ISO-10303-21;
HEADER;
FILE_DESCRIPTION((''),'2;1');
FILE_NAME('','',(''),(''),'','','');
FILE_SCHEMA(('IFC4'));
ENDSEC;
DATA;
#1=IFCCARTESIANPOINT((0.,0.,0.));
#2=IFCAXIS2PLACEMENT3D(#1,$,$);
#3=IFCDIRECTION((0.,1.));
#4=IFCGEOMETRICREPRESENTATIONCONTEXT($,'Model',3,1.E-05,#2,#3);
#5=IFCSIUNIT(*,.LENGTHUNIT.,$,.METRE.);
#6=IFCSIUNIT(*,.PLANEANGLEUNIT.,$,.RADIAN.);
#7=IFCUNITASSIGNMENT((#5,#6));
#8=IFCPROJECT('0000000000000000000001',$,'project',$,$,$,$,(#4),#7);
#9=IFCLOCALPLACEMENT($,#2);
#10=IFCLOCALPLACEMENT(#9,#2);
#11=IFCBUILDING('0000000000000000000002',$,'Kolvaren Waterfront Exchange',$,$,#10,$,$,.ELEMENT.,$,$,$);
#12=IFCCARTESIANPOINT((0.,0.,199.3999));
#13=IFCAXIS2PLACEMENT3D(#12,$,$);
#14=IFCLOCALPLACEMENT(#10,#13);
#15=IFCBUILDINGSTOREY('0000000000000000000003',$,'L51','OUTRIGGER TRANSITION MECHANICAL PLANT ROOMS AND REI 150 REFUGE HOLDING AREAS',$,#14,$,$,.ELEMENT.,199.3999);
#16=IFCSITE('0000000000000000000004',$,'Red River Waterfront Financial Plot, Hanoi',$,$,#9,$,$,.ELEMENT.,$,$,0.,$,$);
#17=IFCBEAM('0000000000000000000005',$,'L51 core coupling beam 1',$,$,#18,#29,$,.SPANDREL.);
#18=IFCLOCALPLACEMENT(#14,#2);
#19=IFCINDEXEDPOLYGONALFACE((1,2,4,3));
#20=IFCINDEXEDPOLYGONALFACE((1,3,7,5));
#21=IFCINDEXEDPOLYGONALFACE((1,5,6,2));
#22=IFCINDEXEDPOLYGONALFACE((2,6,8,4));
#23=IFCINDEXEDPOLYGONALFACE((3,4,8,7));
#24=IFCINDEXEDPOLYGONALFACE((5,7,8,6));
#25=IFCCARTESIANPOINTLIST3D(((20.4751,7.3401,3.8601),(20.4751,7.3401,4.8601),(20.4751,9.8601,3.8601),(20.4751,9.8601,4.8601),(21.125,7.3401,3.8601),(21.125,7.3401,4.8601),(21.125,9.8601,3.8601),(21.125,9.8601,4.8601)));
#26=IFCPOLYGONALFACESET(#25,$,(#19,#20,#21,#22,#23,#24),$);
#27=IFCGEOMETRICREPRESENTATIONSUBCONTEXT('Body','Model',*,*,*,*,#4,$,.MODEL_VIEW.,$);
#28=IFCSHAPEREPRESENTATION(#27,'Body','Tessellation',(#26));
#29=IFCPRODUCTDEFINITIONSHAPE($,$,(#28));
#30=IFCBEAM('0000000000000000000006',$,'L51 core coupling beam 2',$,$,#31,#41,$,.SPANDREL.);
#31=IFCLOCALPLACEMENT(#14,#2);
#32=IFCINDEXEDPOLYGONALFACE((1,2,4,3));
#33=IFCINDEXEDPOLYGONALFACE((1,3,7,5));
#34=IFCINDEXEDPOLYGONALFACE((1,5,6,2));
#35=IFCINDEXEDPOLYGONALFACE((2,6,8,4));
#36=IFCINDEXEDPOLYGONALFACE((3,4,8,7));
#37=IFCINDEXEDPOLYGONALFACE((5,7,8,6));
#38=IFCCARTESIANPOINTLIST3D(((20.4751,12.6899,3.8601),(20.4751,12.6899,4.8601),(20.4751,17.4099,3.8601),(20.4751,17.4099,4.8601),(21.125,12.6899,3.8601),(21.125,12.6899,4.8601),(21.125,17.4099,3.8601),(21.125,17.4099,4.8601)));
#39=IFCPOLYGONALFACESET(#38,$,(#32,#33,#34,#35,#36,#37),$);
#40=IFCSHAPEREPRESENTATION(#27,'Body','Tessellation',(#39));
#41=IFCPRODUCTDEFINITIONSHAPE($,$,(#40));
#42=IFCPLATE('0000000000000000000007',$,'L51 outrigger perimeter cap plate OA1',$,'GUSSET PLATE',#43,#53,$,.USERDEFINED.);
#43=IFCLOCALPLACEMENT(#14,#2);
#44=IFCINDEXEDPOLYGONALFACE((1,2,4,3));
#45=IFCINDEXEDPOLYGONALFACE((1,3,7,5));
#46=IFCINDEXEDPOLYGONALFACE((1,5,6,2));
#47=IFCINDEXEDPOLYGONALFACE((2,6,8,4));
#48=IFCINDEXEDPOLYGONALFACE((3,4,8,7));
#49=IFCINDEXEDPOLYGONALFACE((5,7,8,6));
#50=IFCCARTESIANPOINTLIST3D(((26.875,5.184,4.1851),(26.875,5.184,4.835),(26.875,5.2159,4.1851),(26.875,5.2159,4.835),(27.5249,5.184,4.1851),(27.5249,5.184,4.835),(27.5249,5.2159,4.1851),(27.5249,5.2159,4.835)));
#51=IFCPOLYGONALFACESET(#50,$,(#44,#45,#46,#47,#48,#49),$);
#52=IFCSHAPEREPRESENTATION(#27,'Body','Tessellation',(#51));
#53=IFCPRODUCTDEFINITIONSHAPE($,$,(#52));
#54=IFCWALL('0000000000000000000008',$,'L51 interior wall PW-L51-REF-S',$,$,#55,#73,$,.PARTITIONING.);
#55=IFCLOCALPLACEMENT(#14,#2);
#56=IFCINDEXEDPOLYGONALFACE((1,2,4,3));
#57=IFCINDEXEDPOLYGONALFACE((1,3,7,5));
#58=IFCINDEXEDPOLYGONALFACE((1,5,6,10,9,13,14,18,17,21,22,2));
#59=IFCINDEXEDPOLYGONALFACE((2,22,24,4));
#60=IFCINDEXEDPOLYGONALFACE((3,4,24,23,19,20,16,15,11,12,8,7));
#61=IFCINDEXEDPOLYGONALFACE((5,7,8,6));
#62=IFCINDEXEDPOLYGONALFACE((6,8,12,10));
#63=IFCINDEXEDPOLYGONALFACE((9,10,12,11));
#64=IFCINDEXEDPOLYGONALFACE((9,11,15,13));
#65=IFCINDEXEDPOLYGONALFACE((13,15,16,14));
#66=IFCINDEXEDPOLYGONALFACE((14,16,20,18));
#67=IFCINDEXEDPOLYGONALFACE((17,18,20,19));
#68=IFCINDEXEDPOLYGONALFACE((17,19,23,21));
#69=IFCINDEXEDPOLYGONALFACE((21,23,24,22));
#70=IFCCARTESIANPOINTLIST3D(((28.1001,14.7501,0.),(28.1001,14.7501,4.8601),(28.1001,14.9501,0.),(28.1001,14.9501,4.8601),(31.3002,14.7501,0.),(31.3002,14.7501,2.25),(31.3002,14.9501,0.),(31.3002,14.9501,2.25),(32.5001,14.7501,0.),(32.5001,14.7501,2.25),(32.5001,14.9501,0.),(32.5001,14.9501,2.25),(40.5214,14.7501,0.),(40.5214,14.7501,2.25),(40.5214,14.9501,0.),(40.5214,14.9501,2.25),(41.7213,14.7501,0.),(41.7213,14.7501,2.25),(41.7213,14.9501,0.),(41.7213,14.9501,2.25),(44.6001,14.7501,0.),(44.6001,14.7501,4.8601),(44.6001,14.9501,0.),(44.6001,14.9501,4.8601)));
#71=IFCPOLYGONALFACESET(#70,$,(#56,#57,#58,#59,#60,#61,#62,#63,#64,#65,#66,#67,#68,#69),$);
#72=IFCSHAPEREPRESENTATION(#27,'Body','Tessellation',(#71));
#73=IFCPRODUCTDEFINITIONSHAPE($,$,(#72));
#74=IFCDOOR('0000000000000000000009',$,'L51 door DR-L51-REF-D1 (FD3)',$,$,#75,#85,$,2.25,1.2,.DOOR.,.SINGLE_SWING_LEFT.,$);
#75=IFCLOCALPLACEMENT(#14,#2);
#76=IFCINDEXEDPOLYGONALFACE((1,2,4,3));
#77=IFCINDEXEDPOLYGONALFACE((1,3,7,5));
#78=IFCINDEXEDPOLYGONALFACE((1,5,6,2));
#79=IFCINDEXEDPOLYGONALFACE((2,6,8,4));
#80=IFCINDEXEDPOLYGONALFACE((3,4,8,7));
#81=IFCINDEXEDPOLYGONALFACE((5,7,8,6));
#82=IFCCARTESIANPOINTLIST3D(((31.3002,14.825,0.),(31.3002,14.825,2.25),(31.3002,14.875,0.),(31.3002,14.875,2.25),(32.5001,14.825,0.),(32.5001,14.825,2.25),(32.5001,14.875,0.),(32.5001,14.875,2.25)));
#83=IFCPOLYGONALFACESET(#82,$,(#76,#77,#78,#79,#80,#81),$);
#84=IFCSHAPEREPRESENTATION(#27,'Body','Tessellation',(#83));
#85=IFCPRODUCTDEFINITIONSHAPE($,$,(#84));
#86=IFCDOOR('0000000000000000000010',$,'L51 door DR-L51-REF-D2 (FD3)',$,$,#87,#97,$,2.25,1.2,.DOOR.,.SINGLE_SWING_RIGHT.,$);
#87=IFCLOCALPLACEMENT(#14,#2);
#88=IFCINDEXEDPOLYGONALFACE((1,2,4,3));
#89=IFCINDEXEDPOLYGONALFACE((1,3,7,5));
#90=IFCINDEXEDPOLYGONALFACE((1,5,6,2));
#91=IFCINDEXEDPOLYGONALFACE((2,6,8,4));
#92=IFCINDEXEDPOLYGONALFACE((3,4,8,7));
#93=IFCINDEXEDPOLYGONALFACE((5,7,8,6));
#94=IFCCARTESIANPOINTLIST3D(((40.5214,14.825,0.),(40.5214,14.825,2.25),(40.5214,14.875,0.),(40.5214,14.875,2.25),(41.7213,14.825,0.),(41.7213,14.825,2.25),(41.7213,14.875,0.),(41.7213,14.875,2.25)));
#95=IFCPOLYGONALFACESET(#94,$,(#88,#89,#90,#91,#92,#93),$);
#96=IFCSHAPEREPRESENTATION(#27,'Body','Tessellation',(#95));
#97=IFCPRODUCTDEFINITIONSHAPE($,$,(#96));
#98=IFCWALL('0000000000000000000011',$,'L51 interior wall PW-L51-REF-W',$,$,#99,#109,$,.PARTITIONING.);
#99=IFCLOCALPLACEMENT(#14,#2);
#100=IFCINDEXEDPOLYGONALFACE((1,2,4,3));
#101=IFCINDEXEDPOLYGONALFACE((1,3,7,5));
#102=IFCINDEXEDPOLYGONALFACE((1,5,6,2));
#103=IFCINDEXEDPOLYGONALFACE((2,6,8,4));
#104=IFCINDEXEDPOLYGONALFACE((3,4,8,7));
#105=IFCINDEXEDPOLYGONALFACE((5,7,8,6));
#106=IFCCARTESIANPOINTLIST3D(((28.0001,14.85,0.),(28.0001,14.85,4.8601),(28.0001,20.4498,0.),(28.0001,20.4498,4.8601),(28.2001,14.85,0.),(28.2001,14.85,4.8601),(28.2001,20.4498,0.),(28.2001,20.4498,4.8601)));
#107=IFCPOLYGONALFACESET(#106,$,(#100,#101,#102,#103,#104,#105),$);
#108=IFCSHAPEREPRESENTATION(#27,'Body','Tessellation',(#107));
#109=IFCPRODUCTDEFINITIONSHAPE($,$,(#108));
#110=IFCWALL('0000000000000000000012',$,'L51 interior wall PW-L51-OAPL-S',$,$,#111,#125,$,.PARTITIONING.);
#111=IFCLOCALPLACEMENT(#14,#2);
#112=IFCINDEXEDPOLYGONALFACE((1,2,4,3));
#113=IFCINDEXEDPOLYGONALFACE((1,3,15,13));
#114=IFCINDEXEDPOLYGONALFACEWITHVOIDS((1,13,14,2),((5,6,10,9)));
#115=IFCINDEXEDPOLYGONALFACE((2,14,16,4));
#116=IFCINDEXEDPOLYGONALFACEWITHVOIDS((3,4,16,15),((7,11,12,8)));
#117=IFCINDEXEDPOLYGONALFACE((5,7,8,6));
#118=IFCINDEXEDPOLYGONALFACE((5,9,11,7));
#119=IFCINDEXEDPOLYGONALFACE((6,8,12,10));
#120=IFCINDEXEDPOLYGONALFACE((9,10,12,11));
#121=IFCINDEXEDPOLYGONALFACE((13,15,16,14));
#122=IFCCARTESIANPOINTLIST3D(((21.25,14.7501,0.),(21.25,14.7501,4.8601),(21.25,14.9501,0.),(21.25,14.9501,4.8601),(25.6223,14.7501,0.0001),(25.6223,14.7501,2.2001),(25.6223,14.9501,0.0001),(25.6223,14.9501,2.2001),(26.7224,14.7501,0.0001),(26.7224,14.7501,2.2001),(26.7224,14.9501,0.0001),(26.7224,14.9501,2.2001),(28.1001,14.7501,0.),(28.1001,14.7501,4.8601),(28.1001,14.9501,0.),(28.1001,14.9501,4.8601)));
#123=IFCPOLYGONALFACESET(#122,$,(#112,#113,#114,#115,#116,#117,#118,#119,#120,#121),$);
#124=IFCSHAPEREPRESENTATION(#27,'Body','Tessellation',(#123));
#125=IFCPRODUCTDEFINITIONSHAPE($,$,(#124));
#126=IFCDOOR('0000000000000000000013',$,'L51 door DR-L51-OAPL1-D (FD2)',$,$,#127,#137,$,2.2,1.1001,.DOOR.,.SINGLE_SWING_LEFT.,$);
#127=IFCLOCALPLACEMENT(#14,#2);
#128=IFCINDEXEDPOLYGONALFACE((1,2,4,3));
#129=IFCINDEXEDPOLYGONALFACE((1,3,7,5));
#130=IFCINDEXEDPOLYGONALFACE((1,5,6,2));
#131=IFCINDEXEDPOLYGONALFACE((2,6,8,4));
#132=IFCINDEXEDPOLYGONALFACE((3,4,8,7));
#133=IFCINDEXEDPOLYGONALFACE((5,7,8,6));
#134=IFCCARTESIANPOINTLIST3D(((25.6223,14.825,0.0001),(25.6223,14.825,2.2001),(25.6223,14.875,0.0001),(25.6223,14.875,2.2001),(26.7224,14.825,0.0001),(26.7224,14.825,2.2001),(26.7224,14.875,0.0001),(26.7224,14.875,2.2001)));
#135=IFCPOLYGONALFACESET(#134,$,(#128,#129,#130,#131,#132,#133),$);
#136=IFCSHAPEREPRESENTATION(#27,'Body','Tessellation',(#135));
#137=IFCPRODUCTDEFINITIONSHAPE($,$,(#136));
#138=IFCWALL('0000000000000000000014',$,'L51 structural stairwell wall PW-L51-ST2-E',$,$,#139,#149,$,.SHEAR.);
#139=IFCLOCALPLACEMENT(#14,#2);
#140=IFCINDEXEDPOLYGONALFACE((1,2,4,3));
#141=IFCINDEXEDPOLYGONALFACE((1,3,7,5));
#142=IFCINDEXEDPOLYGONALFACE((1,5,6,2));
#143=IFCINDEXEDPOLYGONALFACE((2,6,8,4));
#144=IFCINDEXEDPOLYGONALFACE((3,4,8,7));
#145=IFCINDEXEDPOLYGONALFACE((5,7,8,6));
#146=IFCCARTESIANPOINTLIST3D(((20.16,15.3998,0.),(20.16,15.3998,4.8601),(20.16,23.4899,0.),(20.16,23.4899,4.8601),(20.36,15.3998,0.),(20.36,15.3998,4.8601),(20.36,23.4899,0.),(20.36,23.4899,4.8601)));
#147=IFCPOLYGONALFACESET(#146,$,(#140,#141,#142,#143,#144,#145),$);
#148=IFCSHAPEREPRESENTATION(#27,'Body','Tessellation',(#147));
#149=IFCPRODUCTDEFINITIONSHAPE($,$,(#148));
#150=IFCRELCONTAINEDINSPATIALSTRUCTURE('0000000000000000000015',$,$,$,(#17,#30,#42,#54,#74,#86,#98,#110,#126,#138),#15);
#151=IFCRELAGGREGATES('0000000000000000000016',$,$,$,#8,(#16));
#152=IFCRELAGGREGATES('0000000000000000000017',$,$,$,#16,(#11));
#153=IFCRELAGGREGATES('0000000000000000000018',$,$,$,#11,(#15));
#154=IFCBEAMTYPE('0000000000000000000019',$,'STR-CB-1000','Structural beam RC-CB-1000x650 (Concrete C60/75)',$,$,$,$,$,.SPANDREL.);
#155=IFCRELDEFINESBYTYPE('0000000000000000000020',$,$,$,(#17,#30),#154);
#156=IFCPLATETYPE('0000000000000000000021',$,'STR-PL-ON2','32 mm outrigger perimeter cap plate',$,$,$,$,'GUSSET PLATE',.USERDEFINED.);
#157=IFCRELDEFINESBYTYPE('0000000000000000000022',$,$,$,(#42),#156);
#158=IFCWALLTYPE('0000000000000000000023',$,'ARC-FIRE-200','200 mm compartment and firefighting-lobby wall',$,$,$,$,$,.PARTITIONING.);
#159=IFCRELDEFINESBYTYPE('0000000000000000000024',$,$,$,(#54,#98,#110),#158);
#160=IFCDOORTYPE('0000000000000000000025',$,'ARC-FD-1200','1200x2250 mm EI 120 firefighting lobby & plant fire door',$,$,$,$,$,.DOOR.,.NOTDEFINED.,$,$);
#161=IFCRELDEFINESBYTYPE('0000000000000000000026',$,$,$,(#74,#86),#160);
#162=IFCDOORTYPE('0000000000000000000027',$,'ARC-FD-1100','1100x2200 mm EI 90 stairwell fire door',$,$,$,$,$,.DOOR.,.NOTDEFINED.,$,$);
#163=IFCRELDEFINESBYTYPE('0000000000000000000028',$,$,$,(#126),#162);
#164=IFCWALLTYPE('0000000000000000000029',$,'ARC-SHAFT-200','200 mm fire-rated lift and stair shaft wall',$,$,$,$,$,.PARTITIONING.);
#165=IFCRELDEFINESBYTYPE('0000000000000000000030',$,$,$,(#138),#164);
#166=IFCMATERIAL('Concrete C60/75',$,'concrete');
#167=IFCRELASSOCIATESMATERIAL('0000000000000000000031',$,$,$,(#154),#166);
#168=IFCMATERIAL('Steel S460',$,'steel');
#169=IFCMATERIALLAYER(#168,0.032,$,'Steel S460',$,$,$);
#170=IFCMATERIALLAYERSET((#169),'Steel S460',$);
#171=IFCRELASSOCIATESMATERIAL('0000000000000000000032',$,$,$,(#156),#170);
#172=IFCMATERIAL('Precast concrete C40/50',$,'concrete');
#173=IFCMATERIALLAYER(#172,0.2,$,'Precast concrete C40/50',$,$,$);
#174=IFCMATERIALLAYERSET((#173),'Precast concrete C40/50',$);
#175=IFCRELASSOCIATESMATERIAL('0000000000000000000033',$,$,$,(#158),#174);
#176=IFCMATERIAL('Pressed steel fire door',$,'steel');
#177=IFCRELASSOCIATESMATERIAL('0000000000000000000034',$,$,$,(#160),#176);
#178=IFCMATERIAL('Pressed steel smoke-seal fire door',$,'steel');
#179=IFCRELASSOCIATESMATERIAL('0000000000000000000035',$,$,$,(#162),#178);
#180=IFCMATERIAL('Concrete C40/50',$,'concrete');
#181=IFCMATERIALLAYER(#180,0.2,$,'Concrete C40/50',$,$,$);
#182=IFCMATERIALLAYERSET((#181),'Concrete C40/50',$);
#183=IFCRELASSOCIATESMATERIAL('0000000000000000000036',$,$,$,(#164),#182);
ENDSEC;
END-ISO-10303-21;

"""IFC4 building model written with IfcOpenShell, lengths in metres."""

from ifc_helpers import new_model, si_unit, direction, frame, frame_2d, origin, origin_with_axes, origin_2d, place, context, subcontext, project, spatial, rectangle, extrude, source, transform, mapped, material, layer, layer_set, material_profile, profile_set, type_object, element, fill, save


model = new_model("IFC4")

# Units and contexts
model_context = context("Model", 3, precision=1e-05, world=origin(), true_north=direction((0.0, 1.0)))
body_context = subcontext(model_context, "Body", "Model", "MODEL_VIEW")
ifc_project = project(units=[si_unit("LENGTHUNIT", "METRE"), si_unit("PLANEANGLEUNIT", "RADIAN")], contexts=[model_context])

# Site, building, storey
site_placement = place(None, origin())
site = spatial("IfcSite", under=ifc_project, at=site_placement, Name="Red River Waterfront Financial Plot, Hanoi", CompositionType="ELEMENT", RefElevation=0.0)
building_placement = place(site_placement, origin())
building = spatial("IfcBuilding", under=site, at=building_placement, Name="Kolvaren Waterfront Exchange", CompositionType="ELEMENT")
storey_placement = place(building_placement, frame((0.0, 0.0, 199.3999)))
storey = spatial("IfcBuildingStorey", under=building, at=storey_placement, Name="L51", Description="OUTRIGGER TRANSITION MECHANICAL PLANT ROOMS AND REI 150 REFUGE HOLDING AREAS", CompositionType="ELEMENT", Elevation=199.3999)

# Shared definitions
ifc_material_1 = material(Name="Steel S460", Category="steel")

# Beams
ifc_material_2 = material(Name="Concrete C60/75", Category="concrete")
ifc_material_profile_1 = material_profile(ifc_material_2, rectangle(XDim=0.6499, YDim=1.0, at=origin_2d()), Name="RC-CB-1000x650")
ifc_profile_set_1 = profile_set([ifc_material_profile_1], Name="Concrete C60/75")
beam_type_1 = type_object("IfcBeamType", Name="STR-CB-1000", Description="Structural beam RC-CB-1000x650 (Concrete C60/75)", PredefinedType="SPANDREL", material=ifc_profile_set_1)
beam_1_placement = place(storey_placement, frame((20.8, 7.3401, 4.3601), z_axis=(0.0, 1.0, 0.0), x_axis=(-1.0, 0.0, 0.0)))
element("IfcBeam", 1, at=beam_1_placement, inside=storey, type_object=beam_type_1, Name="L51 core coupling beam 1", PredefinedType="SPANDREL", context=body_context, shape_type="SweptSolid", body=[
    extrude(rectangle(XDim=0.6499, YDim=1.0, at=origin_2d()), origin(), (0.0, 0.0, 1.0), 2.52),
])
beam_2_placement = place(storey_placement, frame((20.8, 12.6899, 4.3601), z_axis=(0.0, 1.0, 0.0), x_axis=(-1.0, 0.0, 0.0)))
element("IfcBeam", 2, at=beam_2_placement, inside=storey, type_object=beam_type_1, Name="L51 core coupling beam 2", PredefinedType="SPANDREL", context=body_context, shape_type="SweptSolid", body=[
    extrude(rectangle(XDim=0.6499, YDim=1.0, at=origin_2d()), origin(), (0.0, 0.0, 1.0), 4.72),
])

# Plate
ifc_layer_1 = layer(ifc_material_1, 0.032, Name="Steel S460")
ifc_layer_set_1 = layer_set([ifc_layer_1], Name="Steel S460")
plate_type = type_object("IfcPlateType", Name="STR-PL-ON2", Description="32 mm outrigger perimeter cap plate", ElementType="GUSSET PLATE", PredefinedType="USERDEFINED", material=ifc_layer_set_1)
shared_shape_1 = source(origin_with_axes(), body_context, "Body", "SweptSolid", [
    extrude(rectangle(XDim=0.6499, YDim=0.032, at=origin_2d()), origin(), (0.0, 0.0, 1.0), 0.6499),
])
plate_placement = place(storey_placement, frame((27.2, 5.2, 4.1851), z_axis=(0.0, 0.0, 1.0), x_axis=(1.0, 0.0, 0.0)))
element("IfcPlate", 3, at=plate_placement, inside=storey, type_object=plate_type, Name="L51 outrigger perimeter cap plate OA1", ObjectType="GUSSET PLATE", PredefinedType="USERDEFINED", context=body_context, shape_type="MappedRepresentation", body=[
    mapped(shared_shape_1, transform((0.0, 0.0, 0.0), x_axis=(1.0, 0.0, 0.0), y_axis=(0.0, 1.0, 0.0), z_axis=(0.0, 0.0, 1.0), scale=1.0)),
])

# Wall, openings, doors
ifc_material_3 = material(Name="Precast concrete C40/50", Category="concrete")
ifc_layer_2 = layer(ifc_material_3, 0.2, Name="Precast concrete C40/50")
ifc_layer_set_2 = layer_set([ifc_layer_2], Name="Precast concrete C40/50")
wall_type_1 = type_object("IfcWallType", Name="ARC-FIRE-200", Description="200 mm compartment and firefighting-lobby wall", PredefinedType="PARTITIONING", material=ifc_layer_set_2)
wall_1_placement = place(storey_placement, frame((28.1001, 14.8501, 0.0), z_axis=(0.0, 0.0, 1.0), x_axis=(1.0, 0.0, 0.0)))
wall_1 = element("IfcWall", 4, at=wall_1_placement, inside=storey, type_object=wall_type_1, Name="L51 interior wall PW-L51-REF-S", PredefinedType="PARTITIONING", context=body_context, shape_type="SweptSolid", body=[
    extrude(rectangle(XDim=16.5, YDim=0.2, at=frame_2d((8.25, 0.0))), origin(), (0.0, 0.0, 1.0), 4.8601),
])
opening_1_placement = place(wall_1_placement, frame((3.2, 0.0, 0.0)))
opening_1 = element("IfcOpeningElement", 5, at=opening_1_placement, cuts=wall_1, PredefinedType="OPENING", context=body_context, shape_type="SweptSolid", body=[
    extrude(rectangle(XDim=1.2, YDim=2.25, at=frame_2d((0.6001, 1.125))), frame((0.0, 0.1099, 0.0), z_axis=(0.0, -1.0, 0.0), x_axis=(1.0, 0.0, 0.0)), (0.0, 0.0, 1.0), 0.22),
])
opening_2_placement = place(wall_1_placement, frame((12.4211, 0.0, 0.0)))
opening_2 = element("IfcOpeningElement", 6, at=opening_2_placement, cuts=wall_1, PredefinedType="OPENING", context=body_context, shape_type="SweptSolid", body=[
    extrude(rectangle(XDim=1.2, YDim=2.25, at=frame_2d((0.6001, 1.125))), frame((0.0, 0.1099, 0.0), z_axis=(0.0, -1.0, 0.0), x_axis=(1.0, 0.0, 0.0)), (0.0, 0.0, 1.0), 0.22),
])
ifc_material_4 = material(Name="Pressed steel fire door", Category="steel")
door_type_1 = type_object("IfcDoorType", Name="ARC-FD-1200", Description="1200x2250 mm EI 120 firefighting lobby & plant fire door", OperationType="NOTDEFINED", PredefinedType="DOOR", material=ifc_material_4)
door_1_placement = place(opening_1_placement, origin())
door_1 = element("IfcDoor", 7, at=door_1_placement, inside=storey, type_object=door_type_1, Name="L51 door DR-L51-REF-D1 (FD3)", OperationType="SINGLE_SWING_LEFT", OverallHeight=2.25, OverallWidth=1.2, PredefinedType="DOOR", context=body_context, shape_type="SweptSolid", body=[
    extrude(rectangle(XDim=1.2, YDim=2.25, at=frame_2d((0.6001, 1.125))), frame((0.0, 0.0249, 0.0), z_axis=(0.0, -1.0, 0.0), x_axis=(1.0, 0.0, 0.0)), (0.0, 0.0, 1.0), 0.05),
])
fill(opening_1, door_1)
door_2_placement = place(opening_2_placement, origin())
door_2 = element("IfcDoor", 8, at=door_2_placement, inside=storey, type_object=door_type_1, Name="L51 door DR-L51-REF-D2 (FD3)", OperationType="SINGLE_SWING_RIGHT", OverallHeight=2.25, OverallWidth=1.2, PredefinedType="DOOR", context=body_context, shape_type="SweptSolid", body=[
    extrude(rectangle(XDim=1.2, YDim=2.25, at=frame_2d((0.6001, 1.125))), frame((0.0, 0.0249, 0.0), z_axis=(0.0, -1.0, 0.0), x_axis=(1.0, 0.0, 0.0)), (0.0, 0.0, 1.0), 0.05),
])
fill(opening_2, door_2)

# Wall
wall_2_placement = place(storey_placement, frame((28.1001, 14.8501, 0.0), z_axis=(0.0, 0.0, 1.0), x_axis=(0.0, 1.0, 0.0)))
element("IfcWall", 9, at=wall_2_placement, inside=storey, type_object=wall_type_1, Name="L51 interior wall PW-L51-REF-W", PredefinedType="PARTITIONING", context=body_context, shape_type="SweptSolid", body=[
    extrude(rectangle(XDim=5.5999, YDim=0.2, at=frame_2d((2.7998, 0.0))), origin(), (0.0, 0.0, 1.0), 4.8601),
])

# Wall, opening, door
wall_3_placement = place(storey_placement, frame((21.25, 14.8501, 0.0), z_axis=(0.0, 0.0, 1.0), x_axis=(1.0, 0.0, 0.0)))
wall_3 = element("IfcWall", 10, at=wall_3_placement, inside=storey, type_object=wall_type_1, Name="L51 interior wall PW-L51-OAPL-S", PredefinedType="PARTITIONING", context=body_context, shape_type="SweptSolid", body=[
    extrude(rectangle(XDim=6.8501, YDim=0.2, at=frame_2d((3.425, 0.0))), origin(), (0.0, 0.0, 1.0), 4.8601),
])
opening_3_placement = place(wall_3_placement, frame((4.3723, 0.0, 0.0)))
opening_3 = element("IfcOpeningElement", 11, at=opening_3_placement, cuts=wall_3, PredefinedType="OPENING", context=body_context, shape_type="SweptSolid", body=[
    extrude(rectangle(XDim=1.1001, YDim=2.2, at=frame_2d((0.55, 1.1001))), frame((0.0, 0.1099, 0.0), z_axis=(0.0, -1.0, 0.0), x_axis=(1.0, 0.0, 0.0)), (0.0, 0.0, 1.0), 0.22),
])
ifc_material_5 = material(Name="Pressed steel smoke-seal fire door", Category="steel")
door_type_2 = type_object("IfcDoorType", Name="ARC-FD-1100", Description="1100x2200 mm EI 90 stairwell fire door", OperationType="NOTDEFINED", PredefinedType="DOOR", material=ifc_material_5)
door_3_placement = place(opening_3_placement, origin())
door_3 = element("IfcDoor", 12, at=door_3_placement, inside=storey, type_object=door_type_2, Name="L51 door DR-L51-OAPL1-D (FD2)", OperationType="SINGLE_SWING_LEFT", OverallHeight=2.2, OverallWidth=1.1001, PredefinedType="DOOR", context=body_context, shape_type="SweptSolid", body=[
    extrude(rectangle(XDim=1.1001, YDim=2.2, at=frame_2d((0.55, 1.1001))), frame((0.0, 0.0249, 0.0), z_axis=(0.0, -1.0, 0.0), x_axis=(1.0, 0.0, 0.0)), (0.0, 0.0, 1.0), 0.05),
])
fill(opening_3, door_3)

# Wall
ifc_material_6 = material(Name="Concrete C40/50", Category="concrete")
ifc_layer_3 = layer(ifc_material_6, 0.2, Name="Concrete C40/50")
ifc_layer_set_3 = layer_set([ifc_layer_3], Name="Concrete C40/50")
wall_type_2 = type_object("IfcWallType", Name="ARC-SHAFT-200", Description="200 mm fire-rated lift and stair shaft wall", PredefinedType="PARTITIONING", material=ifc_layer_set_3)
wall_4_placement = place(storey_placement, frame((20.26, 15.3999, 0.0), z_axis=(0.0, 0.0, 1.0), x_axis=(0.0, 1.0, 0.0)))
element("IfcWall", 13, at=wall_4_placement, inside=storey, type_object=wall_type_2, Name="L51 structural stairwell wall PW-L51-ST2-E", PredefinedType="SHEAR", context=body_context, shape_type="SweptSolid", body=[
    extrude(rectangle(XDim=8.0901, YDim=0.2, at=frame_2d((4.0449, 0.0))), origin(), (0.0, 0.0, 1.0), 4.8601),
])

save(model, "model.ifc")
